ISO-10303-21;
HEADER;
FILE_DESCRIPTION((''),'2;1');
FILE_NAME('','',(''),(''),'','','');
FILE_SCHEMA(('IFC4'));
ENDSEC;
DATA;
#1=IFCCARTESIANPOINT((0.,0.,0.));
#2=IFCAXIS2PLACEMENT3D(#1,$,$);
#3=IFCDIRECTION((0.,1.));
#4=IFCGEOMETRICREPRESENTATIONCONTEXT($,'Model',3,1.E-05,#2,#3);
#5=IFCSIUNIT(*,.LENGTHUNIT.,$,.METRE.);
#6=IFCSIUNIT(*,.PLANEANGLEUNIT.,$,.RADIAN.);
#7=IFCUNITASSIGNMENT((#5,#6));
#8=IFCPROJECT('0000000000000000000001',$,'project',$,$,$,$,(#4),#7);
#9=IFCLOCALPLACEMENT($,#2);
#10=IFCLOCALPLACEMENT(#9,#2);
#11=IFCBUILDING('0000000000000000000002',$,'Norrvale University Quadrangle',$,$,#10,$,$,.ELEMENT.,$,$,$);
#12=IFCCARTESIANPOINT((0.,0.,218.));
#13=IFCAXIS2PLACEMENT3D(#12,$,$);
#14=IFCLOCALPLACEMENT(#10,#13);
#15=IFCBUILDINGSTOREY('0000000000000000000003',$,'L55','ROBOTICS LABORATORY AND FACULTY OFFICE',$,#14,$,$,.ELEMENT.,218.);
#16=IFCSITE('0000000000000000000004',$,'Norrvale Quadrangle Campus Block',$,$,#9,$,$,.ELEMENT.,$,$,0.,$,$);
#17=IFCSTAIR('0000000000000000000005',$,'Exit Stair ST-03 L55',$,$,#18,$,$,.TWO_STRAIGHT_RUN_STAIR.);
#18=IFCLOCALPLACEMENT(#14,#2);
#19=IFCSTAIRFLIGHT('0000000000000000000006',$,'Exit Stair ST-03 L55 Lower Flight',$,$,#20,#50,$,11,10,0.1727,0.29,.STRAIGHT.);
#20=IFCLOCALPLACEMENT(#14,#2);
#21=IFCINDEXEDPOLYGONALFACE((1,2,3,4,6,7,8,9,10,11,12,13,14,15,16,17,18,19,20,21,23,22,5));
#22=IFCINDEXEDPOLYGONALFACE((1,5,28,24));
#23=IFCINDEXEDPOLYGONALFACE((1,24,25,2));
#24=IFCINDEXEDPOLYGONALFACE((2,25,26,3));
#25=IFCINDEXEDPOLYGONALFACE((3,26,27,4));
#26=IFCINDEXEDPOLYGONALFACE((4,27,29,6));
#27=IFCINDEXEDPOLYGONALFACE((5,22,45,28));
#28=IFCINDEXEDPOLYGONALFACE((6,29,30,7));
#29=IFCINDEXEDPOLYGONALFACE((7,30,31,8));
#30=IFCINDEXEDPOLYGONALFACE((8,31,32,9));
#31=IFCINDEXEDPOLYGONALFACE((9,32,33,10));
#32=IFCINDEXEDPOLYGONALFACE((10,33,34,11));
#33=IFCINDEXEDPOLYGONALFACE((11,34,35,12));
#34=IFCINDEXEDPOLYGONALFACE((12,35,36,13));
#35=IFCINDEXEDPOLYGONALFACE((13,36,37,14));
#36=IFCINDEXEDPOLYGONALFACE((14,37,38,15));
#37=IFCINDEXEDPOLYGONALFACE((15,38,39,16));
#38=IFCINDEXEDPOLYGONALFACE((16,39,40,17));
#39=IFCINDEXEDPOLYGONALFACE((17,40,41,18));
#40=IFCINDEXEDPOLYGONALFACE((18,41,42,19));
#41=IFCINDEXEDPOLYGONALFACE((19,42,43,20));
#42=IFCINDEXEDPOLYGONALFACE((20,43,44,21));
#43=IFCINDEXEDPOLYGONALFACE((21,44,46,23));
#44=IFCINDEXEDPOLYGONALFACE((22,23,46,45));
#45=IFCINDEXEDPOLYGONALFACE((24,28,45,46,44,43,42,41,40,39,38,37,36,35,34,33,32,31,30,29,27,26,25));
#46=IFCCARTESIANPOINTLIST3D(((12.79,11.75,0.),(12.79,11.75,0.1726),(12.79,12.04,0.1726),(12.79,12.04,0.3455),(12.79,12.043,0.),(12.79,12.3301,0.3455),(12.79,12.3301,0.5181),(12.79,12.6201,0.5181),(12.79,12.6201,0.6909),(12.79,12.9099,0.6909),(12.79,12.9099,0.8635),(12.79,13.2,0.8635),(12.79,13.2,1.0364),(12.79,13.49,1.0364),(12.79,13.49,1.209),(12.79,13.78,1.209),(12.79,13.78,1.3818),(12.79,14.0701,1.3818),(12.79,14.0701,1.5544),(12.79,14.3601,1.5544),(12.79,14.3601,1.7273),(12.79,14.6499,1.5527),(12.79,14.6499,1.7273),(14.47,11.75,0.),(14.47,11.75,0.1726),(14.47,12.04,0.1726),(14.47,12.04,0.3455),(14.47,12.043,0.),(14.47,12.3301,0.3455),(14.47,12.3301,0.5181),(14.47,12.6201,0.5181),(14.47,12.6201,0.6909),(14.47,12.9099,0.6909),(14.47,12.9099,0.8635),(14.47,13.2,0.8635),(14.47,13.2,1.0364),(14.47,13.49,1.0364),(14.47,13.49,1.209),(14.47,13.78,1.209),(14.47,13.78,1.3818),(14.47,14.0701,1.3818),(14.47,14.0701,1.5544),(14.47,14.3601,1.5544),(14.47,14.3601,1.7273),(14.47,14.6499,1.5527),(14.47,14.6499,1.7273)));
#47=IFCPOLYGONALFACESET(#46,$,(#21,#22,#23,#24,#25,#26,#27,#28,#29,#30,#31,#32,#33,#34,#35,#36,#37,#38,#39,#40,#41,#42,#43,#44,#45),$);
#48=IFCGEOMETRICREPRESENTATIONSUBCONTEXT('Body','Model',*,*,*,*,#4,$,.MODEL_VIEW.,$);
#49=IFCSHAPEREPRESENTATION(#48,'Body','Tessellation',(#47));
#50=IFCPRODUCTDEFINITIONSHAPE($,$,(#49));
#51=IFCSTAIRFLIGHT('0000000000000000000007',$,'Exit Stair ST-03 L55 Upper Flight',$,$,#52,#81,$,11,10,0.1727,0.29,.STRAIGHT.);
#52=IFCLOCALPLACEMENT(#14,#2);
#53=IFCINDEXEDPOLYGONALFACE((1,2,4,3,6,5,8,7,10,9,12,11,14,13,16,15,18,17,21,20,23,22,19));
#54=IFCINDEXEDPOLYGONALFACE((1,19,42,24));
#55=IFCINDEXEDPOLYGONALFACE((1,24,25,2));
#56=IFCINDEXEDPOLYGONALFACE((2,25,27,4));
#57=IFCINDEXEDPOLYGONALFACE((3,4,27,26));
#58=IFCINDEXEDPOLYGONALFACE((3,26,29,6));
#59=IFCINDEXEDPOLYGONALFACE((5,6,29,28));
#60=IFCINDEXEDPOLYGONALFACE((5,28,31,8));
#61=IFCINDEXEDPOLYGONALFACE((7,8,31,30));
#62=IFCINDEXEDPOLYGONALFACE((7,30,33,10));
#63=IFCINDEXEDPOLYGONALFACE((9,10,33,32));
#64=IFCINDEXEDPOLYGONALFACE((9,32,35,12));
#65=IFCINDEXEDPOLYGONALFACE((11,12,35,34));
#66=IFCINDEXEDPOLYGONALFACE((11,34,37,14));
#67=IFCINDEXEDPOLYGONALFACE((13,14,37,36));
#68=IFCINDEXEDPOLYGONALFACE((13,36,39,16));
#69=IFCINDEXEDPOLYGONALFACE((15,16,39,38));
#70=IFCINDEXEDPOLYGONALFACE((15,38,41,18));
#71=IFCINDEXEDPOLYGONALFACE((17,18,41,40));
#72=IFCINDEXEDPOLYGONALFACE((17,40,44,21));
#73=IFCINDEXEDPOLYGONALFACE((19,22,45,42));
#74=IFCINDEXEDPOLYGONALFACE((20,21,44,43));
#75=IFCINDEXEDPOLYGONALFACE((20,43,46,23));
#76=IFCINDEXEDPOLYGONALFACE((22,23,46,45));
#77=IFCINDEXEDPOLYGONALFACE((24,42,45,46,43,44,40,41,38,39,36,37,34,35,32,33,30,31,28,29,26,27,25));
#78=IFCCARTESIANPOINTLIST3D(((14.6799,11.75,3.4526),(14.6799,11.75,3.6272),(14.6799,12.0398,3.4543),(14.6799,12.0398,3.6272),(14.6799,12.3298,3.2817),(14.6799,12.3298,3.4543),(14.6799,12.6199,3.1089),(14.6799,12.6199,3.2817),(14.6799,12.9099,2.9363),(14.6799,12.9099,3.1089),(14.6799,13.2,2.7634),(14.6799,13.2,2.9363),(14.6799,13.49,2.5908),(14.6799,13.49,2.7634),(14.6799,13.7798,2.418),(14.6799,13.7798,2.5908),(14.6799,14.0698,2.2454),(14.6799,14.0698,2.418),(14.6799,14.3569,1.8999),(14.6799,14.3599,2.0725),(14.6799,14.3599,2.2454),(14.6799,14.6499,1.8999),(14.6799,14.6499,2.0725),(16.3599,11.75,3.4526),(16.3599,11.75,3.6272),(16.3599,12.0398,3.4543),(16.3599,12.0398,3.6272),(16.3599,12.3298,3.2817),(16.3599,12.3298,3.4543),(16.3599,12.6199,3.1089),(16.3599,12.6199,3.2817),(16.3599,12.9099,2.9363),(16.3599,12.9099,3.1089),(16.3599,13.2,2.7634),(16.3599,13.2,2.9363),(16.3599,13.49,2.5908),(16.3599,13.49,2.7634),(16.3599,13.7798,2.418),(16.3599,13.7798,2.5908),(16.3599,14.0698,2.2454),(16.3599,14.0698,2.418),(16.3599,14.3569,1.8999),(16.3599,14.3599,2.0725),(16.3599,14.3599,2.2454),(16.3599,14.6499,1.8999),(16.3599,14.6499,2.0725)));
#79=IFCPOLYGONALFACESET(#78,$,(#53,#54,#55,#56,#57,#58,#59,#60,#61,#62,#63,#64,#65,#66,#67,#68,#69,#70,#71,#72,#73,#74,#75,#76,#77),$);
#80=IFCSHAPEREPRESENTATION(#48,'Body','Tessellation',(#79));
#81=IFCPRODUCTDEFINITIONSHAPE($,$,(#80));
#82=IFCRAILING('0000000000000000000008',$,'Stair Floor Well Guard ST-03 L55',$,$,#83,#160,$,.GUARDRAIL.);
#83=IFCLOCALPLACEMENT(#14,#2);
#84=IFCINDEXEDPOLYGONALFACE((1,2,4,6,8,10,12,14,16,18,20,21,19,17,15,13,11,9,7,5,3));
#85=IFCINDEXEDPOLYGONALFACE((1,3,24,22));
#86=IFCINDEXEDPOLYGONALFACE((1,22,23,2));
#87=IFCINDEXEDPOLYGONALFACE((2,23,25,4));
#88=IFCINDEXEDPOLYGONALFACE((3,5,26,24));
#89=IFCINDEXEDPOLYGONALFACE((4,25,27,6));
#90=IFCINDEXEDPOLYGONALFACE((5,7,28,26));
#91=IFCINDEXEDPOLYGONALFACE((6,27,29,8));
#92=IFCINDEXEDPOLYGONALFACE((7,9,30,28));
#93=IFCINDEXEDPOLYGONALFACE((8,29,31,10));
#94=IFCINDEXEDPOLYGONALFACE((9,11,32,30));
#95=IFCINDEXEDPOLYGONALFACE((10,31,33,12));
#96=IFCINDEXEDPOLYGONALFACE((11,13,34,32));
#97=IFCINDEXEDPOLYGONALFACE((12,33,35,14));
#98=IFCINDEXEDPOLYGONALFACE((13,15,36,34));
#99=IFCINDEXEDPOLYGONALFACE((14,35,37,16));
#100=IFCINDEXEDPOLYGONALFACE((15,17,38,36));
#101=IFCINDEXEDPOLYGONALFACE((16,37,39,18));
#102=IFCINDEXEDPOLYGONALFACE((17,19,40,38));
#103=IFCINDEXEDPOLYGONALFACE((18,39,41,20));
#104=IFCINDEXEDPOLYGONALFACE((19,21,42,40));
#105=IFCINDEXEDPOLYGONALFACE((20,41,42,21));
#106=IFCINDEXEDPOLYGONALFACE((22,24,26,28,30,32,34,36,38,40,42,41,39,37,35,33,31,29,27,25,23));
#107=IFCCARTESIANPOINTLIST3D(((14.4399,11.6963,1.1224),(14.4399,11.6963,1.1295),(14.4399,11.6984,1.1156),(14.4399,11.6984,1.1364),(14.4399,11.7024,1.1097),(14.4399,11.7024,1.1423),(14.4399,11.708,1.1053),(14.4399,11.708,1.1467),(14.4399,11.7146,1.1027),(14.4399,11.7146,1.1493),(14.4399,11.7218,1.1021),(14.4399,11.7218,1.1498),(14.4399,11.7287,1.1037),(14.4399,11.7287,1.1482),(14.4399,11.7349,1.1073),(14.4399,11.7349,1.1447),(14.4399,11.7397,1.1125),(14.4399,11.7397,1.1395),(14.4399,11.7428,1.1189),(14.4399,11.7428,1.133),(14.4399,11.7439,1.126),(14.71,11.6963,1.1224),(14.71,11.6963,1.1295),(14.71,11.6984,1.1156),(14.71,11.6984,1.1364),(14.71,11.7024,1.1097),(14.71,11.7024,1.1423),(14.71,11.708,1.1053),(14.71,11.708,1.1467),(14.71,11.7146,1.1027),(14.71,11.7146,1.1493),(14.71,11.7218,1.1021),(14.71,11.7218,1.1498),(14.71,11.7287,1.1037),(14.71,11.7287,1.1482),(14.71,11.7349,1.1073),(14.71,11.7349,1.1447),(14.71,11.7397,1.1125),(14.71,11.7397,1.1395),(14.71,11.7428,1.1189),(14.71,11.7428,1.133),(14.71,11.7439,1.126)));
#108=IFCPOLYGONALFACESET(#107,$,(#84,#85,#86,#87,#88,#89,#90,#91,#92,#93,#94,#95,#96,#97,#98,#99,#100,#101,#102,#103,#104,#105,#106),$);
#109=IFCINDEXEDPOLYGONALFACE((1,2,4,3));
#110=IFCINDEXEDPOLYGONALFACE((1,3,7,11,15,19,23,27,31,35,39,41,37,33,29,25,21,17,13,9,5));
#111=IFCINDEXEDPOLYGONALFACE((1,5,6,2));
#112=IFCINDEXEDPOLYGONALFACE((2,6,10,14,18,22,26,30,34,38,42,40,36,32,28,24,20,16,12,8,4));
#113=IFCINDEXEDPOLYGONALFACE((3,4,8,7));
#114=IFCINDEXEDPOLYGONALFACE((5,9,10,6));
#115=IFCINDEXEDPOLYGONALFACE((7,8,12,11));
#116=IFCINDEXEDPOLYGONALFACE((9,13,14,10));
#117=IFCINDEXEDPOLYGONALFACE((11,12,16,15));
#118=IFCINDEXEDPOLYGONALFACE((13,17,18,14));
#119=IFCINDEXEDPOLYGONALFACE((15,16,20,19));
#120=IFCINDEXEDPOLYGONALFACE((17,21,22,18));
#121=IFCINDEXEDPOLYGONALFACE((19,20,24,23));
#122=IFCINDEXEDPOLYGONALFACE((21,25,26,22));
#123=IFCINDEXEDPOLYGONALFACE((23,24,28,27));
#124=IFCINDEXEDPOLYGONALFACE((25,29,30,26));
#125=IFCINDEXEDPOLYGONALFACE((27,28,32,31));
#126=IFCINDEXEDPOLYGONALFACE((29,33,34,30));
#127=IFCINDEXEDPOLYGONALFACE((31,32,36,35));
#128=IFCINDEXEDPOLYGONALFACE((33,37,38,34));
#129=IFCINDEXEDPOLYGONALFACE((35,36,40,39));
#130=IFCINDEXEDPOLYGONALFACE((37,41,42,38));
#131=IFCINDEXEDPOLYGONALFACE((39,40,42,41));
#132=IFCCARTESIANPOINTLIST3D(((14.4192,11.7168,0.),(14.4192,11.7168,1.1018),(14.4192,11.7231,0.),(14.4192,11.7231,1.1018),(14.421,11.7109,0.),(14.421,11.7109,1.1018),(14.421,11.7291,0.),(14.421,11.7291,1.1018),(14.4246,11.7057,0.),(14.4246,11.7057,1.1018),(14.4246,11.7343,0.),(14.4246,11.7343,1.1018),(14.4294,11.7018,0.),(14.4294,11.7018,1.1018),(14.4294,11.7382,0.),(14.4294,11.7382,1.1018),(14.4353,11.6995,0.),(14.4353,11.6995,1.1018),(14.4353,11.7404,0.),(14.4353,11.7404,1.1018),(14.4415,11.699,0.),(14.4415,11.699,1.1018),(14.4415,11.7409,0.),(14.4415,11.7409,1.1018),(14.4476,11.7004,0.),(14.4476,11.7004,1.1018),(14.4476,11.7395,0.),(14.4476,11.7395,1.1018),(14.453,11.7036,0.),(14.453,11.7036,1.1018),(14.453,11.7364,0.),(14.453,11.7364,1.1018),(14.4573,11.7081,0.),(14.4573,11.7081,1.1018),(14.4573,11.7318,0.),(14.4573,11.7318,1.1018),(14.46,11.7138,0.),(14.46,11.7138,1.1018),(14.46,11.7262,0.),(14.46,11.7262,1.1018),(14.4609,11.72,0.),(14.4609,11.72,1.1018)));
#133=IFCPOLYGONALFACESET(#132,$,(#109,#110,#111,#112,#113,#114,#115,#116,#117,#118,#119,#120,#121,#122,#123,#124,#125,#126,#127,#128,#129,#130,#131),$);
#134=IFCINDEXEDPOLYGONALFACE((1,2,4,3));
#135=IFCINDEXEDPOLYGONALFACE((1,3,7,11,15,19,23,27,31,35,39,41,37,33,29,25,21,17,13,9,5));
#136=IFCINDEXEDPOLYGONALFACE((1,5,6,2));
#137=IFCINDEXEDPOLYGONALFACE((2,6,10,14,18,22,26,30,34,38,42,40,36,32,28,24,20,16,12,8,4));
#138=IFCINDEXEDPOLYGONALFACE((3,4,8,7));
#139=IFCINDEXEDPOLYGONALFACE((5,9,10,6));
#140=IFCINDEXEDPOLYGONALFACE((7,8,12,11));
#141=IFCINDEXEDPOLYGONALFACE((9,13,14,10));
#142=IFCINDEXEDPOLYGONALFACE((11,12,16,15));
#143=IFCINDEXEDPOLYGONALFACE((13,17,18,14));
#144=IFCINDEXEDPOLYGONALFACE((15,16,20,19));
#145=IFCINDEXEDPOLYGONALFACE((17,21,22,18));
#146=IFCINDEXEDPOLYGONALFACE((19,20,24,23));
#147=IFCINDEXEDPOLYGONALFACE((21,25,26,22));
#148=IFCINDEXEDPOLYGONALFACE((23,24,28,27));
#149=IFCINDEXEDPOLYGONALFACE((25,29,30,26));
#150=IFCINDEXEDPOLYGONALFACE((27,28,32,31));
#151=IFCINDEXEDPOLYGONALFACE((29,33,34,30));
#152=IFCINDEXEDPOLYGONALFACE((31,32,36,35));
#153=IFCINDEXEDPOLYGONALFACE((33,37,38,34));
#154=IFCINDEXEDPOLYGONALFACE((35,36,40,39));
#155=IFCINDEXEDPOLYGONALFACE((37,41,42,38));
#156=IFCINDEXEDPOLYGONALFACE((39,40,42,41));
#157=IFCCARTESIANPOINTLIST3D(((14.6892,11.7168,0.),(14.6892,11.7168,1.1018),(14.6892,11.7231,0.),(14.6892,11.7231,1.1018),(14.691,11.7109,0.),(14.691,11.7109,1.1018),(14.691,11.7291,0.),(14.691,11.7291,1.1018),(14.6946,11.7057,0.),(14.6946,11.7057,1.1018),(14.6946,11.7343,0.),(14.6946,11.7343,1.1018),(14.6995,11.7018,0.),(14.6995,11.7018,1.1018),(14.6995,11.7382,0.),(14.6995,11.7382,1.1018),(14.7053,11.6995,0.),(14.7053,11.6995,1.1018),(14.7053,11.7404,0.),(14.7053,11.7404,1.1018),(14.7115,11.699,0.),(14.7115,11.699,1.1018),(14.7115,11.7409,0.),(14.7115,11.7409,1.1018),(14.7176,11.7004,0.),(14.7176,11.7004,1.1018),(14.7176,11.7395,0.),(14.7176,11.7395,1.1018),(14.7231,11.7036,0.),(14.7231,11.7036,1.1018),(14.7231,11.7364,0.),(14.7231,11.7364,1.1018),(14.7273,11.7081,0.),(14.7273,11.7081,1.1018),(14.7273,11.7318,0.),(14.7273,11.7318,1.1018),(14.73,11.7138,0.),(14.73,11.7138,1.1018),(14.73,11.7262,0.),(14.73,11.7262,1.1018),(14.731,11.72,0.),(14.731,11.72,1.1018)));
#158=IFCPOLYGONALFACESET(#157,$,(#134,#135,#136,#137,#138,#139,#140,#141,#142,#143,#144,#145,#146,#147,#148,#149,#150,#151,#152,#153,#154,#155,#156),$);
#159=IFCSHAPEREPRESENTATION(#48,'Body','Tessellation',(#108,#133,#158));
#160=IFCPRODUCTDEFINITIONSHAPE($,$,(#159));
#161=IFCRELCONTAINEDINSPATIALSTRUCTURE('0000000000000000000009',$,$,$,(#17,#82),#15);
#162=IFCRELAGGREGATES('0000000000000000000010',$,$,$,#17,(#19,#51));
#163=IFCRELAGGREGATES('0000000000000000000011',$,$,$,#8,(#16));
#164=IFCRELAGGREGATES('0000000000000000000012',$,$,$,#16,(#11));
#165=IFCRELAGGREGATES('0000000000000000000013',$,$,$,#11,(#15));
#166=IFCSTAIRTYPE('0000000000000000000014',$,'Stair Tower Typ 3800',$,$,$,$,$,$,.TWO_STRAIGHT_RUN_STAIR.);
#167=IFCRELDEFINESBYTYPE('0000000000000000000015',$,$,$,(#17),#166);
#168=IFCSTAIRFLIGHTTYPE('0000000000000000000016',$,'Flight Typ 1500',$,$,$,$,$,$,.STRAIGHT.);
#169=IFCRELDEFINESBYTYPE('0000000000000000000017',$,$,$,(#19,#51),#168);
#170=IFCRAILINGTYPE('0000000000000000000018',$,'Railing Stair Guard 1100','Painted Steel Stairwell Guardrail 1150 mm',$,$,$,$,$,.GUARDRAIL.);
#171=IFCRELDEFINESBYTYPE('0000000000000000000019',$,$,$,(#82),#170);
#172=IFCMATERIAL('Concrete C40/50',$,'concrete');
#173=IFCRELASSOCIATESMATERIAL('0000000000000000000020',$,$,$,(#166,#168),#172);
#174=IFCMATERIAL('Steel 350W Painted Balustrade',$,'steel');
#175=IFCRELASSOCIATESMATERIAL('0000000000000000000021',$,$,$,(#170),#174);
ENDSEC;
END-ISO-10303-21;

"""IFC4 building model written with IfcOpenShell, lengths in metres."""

from ifc_helpers import new_model, si_unit, direction, frame, origin, origin_2d, place, context, subcontext, project, spatial, polyline, circle, outline, extrude, material, type_object, element, aggregate, save


model = new_model("IFC4")

# Units and contexts
model_context = context("Model", 3, precision=1e-05, world=origin(), true_north=direction((0.0, 1.0)))
body_context = subcontext(model_context, "Body", "Model", "MODEL_VIEW")
ifc_project = project(units=[si_unit("LENGTHUNIT", "METRE"), si_unit("PLANEANGLEUNIT", "RADIAN")], contexts=[model_context])

# Site, building, storey
site_placement = place(None, origin())
site = spatial("IfcSite", under=ifc_project, at=site_placement, Name="Norrvale Quadrangle Campus Block", CompositionType="ELEMENT", RefElevation=0.0)
building_placement = place(site_placement, origin())
building = spatial("IfcBuilding", under=site, at=building_placement, Name="Norrvale University Quadrangle", CompositionType="ELEMENT")
storey_placement = place(building_placement, frame((0.0, 0.0, 218.0)))
storey = spatial("IfcBuildingStorey", under=building, at=storey_placement, Name="L55", Description="ROBOTICS LABORATORY AND FACULTY OFFICE", CompositionType="ELEMENT", Elevation=218.0)

# Stair, stair flights
ifc_material_1 = material(Name="Concrete C40/50", Category="concrete")
stair_type = type_object("IfcStairType", Name="Stair Tower Typ 3800", PredefinedType="TWO_STRAIGHT_RUN_STAIR", material=ifc_material_1)
stair_placement = place(storey_placement, origin())
stair = element("IfcStair", 1, at=stair_placement, inside=storey, type_object=stair_type, Name="Exit Stair ST-03 L55", PredefinedType="TWO_STRAIGHT_RUN_STAIR")
stair_flight_type = type_object("IfcStairFlightType", Name="Flight Typ 1500", PredefinedType="STRAIGHT", material=ifc_material_1)
stair_flight_1_placement = place(storey_placement, frame((13.6299, 11.75, 0.0), z_axis=(0.0, 0.0, 1.0), x_axis=(0.0, 1.0, 0.0)))
stair_flight_1 = element("IfcStairFlight", 2, at=stair_flight_1_placement, type_object=stair_flight_type, Name="Exit Stair ST-03 L55 Lower Flight", NumberOfRisers=11, NumberOfTreads=10, PredefinedType="STRAIGHT", RiserHeight=0.1727, TreadLength=0.29, context=body_context, shape_type="SweptSolid", body=[
    extrude(outline(polyline([(0.0, 0.0), (0.0, 0.1726), (0.29, 0.1726), (0.29, 0.3455), (0.5801, 0.3455), (0.5801, 0.5181), (0.8701, 0.5181), (0.8701, 0.6909), (1.1599, 0.6909), (1.1599, 0.8635), (1.45, 0.8635), (1.45, 1.0364), (1.74, 1.0364), (1.74, 1.209), (2.03, 1.209), (2.03, 1.3818), (2.3201, 1.3818), (2.3201, 1.5544), (2.6101, 1.5544), (2.6101, 1.7273), (2.8999, 1.7273), (2.8999, 1.8999), (2.8999, 1.5527), (0.293, 0.0), (0.0, 0.0)])), frame((0.0, 0.8398, 0.0), z_axis=(0.0, -1.0, 0.0), x_axis=(1.0, 0.0, 0.0)), (0.0, 0.0, 1.0), 1.6799),
])
stair_flight_2_placement = place(storey_placement, frame((15.52, 14.6499, 1.8999), z_axis=(0.0, 0.0, 1.0), x_axis=(0.0, -1.0, 0.0)))
stair_flight_2 = element("IfcStairFlight", 3, at=stair_flight_2_placement, type_object=stair_flight_type, Name="Exit Stair ST-03 L55 Upper Flight", NumberOfRisers=11, NumberOfTreads=10, PredefinedType="STRAIGHT", RiserHeight=0.1727, TreadLength=0.29, context=body_context, shape_type="SweptSolid", body=[
    extrude(outline(polyline([(0.0, 0.0), (0.0, 0.1726), (0.29, 0.1726), (0.29, 0.3455), (0.5801, 0.3455), (0.5801, 0.5181), (0.8701, 0.5181), (0.8701, 0.6909), (1.1599, 0.6909), (1.1599, 0.8635), (1.45, 0.8635), (1.45, 1.0364), (1.74, 1.0364), (1.74, 1.209), (2.03, 1.209), (2.03, 1.3818), (2.3201, 1.3818), (2.3201, 1.5544), (2.6101, 1.5544), (2.6101, 1.7273), (2.8999, 1.7273), (2.8999, 1.8999), (2.8999, 1.5527), (0.293, 0.0), (0.0, 0.0)])), frame((0.0, 0.8398, 0.0), z_axis=(0.0, -1.0, 0.0), x_axis=(1.0, 0.0, 0.0)), (0.0, 0.0, 1.0), 1.6799),
])
aggregate(stair, [stair_flight_1, stair_flight_2])

# Railing
ifc_material_2 = material(Name="Steel 350W Painted Balustrade", Category="steel")
railing_type_1 = type_object("IfcRailingType", Name="Railing Stair Guard 1100", Description="Painted Steel Stairwell Guardrail 1150 mm", PredefinedType="GUARDRAIL", material=ifc_material_2)
for number, where, name in (
    (4, (14.4399, 11.72, 0.0), "Stair Floor Well Guard ST-03 L55"),
):
    element("IfcRailing", number, at=place(storey_placement, frame(where)), inside=storey, type_object=railing_type_1, Name=name, PredefinedType="GUARDRAIL", context=body_context, shape_type="SweptSolid", body=[
        extrude(circle(Radius=0.0239, at=origin_2d()), frame((0.0, 0.0, 1.126), z_axis=(1.0, 0.0, 0.0), x_axis=(0.0, 1.0, 0.0)), (0.0, 0.0, 1.0), 0.27),
        extrude(circle(Radius=0.021, at=origin_2d()), origin(), (0.0, 0.0, 1.0), 1.1018),
        extrude(circle(Radius=0.021, at=origin_2d()), frame((0.27, 0.0, 0.0)), (0.0, 0.0, 1.0), 1.1018),
    ])

save(model, "model.ifc")
